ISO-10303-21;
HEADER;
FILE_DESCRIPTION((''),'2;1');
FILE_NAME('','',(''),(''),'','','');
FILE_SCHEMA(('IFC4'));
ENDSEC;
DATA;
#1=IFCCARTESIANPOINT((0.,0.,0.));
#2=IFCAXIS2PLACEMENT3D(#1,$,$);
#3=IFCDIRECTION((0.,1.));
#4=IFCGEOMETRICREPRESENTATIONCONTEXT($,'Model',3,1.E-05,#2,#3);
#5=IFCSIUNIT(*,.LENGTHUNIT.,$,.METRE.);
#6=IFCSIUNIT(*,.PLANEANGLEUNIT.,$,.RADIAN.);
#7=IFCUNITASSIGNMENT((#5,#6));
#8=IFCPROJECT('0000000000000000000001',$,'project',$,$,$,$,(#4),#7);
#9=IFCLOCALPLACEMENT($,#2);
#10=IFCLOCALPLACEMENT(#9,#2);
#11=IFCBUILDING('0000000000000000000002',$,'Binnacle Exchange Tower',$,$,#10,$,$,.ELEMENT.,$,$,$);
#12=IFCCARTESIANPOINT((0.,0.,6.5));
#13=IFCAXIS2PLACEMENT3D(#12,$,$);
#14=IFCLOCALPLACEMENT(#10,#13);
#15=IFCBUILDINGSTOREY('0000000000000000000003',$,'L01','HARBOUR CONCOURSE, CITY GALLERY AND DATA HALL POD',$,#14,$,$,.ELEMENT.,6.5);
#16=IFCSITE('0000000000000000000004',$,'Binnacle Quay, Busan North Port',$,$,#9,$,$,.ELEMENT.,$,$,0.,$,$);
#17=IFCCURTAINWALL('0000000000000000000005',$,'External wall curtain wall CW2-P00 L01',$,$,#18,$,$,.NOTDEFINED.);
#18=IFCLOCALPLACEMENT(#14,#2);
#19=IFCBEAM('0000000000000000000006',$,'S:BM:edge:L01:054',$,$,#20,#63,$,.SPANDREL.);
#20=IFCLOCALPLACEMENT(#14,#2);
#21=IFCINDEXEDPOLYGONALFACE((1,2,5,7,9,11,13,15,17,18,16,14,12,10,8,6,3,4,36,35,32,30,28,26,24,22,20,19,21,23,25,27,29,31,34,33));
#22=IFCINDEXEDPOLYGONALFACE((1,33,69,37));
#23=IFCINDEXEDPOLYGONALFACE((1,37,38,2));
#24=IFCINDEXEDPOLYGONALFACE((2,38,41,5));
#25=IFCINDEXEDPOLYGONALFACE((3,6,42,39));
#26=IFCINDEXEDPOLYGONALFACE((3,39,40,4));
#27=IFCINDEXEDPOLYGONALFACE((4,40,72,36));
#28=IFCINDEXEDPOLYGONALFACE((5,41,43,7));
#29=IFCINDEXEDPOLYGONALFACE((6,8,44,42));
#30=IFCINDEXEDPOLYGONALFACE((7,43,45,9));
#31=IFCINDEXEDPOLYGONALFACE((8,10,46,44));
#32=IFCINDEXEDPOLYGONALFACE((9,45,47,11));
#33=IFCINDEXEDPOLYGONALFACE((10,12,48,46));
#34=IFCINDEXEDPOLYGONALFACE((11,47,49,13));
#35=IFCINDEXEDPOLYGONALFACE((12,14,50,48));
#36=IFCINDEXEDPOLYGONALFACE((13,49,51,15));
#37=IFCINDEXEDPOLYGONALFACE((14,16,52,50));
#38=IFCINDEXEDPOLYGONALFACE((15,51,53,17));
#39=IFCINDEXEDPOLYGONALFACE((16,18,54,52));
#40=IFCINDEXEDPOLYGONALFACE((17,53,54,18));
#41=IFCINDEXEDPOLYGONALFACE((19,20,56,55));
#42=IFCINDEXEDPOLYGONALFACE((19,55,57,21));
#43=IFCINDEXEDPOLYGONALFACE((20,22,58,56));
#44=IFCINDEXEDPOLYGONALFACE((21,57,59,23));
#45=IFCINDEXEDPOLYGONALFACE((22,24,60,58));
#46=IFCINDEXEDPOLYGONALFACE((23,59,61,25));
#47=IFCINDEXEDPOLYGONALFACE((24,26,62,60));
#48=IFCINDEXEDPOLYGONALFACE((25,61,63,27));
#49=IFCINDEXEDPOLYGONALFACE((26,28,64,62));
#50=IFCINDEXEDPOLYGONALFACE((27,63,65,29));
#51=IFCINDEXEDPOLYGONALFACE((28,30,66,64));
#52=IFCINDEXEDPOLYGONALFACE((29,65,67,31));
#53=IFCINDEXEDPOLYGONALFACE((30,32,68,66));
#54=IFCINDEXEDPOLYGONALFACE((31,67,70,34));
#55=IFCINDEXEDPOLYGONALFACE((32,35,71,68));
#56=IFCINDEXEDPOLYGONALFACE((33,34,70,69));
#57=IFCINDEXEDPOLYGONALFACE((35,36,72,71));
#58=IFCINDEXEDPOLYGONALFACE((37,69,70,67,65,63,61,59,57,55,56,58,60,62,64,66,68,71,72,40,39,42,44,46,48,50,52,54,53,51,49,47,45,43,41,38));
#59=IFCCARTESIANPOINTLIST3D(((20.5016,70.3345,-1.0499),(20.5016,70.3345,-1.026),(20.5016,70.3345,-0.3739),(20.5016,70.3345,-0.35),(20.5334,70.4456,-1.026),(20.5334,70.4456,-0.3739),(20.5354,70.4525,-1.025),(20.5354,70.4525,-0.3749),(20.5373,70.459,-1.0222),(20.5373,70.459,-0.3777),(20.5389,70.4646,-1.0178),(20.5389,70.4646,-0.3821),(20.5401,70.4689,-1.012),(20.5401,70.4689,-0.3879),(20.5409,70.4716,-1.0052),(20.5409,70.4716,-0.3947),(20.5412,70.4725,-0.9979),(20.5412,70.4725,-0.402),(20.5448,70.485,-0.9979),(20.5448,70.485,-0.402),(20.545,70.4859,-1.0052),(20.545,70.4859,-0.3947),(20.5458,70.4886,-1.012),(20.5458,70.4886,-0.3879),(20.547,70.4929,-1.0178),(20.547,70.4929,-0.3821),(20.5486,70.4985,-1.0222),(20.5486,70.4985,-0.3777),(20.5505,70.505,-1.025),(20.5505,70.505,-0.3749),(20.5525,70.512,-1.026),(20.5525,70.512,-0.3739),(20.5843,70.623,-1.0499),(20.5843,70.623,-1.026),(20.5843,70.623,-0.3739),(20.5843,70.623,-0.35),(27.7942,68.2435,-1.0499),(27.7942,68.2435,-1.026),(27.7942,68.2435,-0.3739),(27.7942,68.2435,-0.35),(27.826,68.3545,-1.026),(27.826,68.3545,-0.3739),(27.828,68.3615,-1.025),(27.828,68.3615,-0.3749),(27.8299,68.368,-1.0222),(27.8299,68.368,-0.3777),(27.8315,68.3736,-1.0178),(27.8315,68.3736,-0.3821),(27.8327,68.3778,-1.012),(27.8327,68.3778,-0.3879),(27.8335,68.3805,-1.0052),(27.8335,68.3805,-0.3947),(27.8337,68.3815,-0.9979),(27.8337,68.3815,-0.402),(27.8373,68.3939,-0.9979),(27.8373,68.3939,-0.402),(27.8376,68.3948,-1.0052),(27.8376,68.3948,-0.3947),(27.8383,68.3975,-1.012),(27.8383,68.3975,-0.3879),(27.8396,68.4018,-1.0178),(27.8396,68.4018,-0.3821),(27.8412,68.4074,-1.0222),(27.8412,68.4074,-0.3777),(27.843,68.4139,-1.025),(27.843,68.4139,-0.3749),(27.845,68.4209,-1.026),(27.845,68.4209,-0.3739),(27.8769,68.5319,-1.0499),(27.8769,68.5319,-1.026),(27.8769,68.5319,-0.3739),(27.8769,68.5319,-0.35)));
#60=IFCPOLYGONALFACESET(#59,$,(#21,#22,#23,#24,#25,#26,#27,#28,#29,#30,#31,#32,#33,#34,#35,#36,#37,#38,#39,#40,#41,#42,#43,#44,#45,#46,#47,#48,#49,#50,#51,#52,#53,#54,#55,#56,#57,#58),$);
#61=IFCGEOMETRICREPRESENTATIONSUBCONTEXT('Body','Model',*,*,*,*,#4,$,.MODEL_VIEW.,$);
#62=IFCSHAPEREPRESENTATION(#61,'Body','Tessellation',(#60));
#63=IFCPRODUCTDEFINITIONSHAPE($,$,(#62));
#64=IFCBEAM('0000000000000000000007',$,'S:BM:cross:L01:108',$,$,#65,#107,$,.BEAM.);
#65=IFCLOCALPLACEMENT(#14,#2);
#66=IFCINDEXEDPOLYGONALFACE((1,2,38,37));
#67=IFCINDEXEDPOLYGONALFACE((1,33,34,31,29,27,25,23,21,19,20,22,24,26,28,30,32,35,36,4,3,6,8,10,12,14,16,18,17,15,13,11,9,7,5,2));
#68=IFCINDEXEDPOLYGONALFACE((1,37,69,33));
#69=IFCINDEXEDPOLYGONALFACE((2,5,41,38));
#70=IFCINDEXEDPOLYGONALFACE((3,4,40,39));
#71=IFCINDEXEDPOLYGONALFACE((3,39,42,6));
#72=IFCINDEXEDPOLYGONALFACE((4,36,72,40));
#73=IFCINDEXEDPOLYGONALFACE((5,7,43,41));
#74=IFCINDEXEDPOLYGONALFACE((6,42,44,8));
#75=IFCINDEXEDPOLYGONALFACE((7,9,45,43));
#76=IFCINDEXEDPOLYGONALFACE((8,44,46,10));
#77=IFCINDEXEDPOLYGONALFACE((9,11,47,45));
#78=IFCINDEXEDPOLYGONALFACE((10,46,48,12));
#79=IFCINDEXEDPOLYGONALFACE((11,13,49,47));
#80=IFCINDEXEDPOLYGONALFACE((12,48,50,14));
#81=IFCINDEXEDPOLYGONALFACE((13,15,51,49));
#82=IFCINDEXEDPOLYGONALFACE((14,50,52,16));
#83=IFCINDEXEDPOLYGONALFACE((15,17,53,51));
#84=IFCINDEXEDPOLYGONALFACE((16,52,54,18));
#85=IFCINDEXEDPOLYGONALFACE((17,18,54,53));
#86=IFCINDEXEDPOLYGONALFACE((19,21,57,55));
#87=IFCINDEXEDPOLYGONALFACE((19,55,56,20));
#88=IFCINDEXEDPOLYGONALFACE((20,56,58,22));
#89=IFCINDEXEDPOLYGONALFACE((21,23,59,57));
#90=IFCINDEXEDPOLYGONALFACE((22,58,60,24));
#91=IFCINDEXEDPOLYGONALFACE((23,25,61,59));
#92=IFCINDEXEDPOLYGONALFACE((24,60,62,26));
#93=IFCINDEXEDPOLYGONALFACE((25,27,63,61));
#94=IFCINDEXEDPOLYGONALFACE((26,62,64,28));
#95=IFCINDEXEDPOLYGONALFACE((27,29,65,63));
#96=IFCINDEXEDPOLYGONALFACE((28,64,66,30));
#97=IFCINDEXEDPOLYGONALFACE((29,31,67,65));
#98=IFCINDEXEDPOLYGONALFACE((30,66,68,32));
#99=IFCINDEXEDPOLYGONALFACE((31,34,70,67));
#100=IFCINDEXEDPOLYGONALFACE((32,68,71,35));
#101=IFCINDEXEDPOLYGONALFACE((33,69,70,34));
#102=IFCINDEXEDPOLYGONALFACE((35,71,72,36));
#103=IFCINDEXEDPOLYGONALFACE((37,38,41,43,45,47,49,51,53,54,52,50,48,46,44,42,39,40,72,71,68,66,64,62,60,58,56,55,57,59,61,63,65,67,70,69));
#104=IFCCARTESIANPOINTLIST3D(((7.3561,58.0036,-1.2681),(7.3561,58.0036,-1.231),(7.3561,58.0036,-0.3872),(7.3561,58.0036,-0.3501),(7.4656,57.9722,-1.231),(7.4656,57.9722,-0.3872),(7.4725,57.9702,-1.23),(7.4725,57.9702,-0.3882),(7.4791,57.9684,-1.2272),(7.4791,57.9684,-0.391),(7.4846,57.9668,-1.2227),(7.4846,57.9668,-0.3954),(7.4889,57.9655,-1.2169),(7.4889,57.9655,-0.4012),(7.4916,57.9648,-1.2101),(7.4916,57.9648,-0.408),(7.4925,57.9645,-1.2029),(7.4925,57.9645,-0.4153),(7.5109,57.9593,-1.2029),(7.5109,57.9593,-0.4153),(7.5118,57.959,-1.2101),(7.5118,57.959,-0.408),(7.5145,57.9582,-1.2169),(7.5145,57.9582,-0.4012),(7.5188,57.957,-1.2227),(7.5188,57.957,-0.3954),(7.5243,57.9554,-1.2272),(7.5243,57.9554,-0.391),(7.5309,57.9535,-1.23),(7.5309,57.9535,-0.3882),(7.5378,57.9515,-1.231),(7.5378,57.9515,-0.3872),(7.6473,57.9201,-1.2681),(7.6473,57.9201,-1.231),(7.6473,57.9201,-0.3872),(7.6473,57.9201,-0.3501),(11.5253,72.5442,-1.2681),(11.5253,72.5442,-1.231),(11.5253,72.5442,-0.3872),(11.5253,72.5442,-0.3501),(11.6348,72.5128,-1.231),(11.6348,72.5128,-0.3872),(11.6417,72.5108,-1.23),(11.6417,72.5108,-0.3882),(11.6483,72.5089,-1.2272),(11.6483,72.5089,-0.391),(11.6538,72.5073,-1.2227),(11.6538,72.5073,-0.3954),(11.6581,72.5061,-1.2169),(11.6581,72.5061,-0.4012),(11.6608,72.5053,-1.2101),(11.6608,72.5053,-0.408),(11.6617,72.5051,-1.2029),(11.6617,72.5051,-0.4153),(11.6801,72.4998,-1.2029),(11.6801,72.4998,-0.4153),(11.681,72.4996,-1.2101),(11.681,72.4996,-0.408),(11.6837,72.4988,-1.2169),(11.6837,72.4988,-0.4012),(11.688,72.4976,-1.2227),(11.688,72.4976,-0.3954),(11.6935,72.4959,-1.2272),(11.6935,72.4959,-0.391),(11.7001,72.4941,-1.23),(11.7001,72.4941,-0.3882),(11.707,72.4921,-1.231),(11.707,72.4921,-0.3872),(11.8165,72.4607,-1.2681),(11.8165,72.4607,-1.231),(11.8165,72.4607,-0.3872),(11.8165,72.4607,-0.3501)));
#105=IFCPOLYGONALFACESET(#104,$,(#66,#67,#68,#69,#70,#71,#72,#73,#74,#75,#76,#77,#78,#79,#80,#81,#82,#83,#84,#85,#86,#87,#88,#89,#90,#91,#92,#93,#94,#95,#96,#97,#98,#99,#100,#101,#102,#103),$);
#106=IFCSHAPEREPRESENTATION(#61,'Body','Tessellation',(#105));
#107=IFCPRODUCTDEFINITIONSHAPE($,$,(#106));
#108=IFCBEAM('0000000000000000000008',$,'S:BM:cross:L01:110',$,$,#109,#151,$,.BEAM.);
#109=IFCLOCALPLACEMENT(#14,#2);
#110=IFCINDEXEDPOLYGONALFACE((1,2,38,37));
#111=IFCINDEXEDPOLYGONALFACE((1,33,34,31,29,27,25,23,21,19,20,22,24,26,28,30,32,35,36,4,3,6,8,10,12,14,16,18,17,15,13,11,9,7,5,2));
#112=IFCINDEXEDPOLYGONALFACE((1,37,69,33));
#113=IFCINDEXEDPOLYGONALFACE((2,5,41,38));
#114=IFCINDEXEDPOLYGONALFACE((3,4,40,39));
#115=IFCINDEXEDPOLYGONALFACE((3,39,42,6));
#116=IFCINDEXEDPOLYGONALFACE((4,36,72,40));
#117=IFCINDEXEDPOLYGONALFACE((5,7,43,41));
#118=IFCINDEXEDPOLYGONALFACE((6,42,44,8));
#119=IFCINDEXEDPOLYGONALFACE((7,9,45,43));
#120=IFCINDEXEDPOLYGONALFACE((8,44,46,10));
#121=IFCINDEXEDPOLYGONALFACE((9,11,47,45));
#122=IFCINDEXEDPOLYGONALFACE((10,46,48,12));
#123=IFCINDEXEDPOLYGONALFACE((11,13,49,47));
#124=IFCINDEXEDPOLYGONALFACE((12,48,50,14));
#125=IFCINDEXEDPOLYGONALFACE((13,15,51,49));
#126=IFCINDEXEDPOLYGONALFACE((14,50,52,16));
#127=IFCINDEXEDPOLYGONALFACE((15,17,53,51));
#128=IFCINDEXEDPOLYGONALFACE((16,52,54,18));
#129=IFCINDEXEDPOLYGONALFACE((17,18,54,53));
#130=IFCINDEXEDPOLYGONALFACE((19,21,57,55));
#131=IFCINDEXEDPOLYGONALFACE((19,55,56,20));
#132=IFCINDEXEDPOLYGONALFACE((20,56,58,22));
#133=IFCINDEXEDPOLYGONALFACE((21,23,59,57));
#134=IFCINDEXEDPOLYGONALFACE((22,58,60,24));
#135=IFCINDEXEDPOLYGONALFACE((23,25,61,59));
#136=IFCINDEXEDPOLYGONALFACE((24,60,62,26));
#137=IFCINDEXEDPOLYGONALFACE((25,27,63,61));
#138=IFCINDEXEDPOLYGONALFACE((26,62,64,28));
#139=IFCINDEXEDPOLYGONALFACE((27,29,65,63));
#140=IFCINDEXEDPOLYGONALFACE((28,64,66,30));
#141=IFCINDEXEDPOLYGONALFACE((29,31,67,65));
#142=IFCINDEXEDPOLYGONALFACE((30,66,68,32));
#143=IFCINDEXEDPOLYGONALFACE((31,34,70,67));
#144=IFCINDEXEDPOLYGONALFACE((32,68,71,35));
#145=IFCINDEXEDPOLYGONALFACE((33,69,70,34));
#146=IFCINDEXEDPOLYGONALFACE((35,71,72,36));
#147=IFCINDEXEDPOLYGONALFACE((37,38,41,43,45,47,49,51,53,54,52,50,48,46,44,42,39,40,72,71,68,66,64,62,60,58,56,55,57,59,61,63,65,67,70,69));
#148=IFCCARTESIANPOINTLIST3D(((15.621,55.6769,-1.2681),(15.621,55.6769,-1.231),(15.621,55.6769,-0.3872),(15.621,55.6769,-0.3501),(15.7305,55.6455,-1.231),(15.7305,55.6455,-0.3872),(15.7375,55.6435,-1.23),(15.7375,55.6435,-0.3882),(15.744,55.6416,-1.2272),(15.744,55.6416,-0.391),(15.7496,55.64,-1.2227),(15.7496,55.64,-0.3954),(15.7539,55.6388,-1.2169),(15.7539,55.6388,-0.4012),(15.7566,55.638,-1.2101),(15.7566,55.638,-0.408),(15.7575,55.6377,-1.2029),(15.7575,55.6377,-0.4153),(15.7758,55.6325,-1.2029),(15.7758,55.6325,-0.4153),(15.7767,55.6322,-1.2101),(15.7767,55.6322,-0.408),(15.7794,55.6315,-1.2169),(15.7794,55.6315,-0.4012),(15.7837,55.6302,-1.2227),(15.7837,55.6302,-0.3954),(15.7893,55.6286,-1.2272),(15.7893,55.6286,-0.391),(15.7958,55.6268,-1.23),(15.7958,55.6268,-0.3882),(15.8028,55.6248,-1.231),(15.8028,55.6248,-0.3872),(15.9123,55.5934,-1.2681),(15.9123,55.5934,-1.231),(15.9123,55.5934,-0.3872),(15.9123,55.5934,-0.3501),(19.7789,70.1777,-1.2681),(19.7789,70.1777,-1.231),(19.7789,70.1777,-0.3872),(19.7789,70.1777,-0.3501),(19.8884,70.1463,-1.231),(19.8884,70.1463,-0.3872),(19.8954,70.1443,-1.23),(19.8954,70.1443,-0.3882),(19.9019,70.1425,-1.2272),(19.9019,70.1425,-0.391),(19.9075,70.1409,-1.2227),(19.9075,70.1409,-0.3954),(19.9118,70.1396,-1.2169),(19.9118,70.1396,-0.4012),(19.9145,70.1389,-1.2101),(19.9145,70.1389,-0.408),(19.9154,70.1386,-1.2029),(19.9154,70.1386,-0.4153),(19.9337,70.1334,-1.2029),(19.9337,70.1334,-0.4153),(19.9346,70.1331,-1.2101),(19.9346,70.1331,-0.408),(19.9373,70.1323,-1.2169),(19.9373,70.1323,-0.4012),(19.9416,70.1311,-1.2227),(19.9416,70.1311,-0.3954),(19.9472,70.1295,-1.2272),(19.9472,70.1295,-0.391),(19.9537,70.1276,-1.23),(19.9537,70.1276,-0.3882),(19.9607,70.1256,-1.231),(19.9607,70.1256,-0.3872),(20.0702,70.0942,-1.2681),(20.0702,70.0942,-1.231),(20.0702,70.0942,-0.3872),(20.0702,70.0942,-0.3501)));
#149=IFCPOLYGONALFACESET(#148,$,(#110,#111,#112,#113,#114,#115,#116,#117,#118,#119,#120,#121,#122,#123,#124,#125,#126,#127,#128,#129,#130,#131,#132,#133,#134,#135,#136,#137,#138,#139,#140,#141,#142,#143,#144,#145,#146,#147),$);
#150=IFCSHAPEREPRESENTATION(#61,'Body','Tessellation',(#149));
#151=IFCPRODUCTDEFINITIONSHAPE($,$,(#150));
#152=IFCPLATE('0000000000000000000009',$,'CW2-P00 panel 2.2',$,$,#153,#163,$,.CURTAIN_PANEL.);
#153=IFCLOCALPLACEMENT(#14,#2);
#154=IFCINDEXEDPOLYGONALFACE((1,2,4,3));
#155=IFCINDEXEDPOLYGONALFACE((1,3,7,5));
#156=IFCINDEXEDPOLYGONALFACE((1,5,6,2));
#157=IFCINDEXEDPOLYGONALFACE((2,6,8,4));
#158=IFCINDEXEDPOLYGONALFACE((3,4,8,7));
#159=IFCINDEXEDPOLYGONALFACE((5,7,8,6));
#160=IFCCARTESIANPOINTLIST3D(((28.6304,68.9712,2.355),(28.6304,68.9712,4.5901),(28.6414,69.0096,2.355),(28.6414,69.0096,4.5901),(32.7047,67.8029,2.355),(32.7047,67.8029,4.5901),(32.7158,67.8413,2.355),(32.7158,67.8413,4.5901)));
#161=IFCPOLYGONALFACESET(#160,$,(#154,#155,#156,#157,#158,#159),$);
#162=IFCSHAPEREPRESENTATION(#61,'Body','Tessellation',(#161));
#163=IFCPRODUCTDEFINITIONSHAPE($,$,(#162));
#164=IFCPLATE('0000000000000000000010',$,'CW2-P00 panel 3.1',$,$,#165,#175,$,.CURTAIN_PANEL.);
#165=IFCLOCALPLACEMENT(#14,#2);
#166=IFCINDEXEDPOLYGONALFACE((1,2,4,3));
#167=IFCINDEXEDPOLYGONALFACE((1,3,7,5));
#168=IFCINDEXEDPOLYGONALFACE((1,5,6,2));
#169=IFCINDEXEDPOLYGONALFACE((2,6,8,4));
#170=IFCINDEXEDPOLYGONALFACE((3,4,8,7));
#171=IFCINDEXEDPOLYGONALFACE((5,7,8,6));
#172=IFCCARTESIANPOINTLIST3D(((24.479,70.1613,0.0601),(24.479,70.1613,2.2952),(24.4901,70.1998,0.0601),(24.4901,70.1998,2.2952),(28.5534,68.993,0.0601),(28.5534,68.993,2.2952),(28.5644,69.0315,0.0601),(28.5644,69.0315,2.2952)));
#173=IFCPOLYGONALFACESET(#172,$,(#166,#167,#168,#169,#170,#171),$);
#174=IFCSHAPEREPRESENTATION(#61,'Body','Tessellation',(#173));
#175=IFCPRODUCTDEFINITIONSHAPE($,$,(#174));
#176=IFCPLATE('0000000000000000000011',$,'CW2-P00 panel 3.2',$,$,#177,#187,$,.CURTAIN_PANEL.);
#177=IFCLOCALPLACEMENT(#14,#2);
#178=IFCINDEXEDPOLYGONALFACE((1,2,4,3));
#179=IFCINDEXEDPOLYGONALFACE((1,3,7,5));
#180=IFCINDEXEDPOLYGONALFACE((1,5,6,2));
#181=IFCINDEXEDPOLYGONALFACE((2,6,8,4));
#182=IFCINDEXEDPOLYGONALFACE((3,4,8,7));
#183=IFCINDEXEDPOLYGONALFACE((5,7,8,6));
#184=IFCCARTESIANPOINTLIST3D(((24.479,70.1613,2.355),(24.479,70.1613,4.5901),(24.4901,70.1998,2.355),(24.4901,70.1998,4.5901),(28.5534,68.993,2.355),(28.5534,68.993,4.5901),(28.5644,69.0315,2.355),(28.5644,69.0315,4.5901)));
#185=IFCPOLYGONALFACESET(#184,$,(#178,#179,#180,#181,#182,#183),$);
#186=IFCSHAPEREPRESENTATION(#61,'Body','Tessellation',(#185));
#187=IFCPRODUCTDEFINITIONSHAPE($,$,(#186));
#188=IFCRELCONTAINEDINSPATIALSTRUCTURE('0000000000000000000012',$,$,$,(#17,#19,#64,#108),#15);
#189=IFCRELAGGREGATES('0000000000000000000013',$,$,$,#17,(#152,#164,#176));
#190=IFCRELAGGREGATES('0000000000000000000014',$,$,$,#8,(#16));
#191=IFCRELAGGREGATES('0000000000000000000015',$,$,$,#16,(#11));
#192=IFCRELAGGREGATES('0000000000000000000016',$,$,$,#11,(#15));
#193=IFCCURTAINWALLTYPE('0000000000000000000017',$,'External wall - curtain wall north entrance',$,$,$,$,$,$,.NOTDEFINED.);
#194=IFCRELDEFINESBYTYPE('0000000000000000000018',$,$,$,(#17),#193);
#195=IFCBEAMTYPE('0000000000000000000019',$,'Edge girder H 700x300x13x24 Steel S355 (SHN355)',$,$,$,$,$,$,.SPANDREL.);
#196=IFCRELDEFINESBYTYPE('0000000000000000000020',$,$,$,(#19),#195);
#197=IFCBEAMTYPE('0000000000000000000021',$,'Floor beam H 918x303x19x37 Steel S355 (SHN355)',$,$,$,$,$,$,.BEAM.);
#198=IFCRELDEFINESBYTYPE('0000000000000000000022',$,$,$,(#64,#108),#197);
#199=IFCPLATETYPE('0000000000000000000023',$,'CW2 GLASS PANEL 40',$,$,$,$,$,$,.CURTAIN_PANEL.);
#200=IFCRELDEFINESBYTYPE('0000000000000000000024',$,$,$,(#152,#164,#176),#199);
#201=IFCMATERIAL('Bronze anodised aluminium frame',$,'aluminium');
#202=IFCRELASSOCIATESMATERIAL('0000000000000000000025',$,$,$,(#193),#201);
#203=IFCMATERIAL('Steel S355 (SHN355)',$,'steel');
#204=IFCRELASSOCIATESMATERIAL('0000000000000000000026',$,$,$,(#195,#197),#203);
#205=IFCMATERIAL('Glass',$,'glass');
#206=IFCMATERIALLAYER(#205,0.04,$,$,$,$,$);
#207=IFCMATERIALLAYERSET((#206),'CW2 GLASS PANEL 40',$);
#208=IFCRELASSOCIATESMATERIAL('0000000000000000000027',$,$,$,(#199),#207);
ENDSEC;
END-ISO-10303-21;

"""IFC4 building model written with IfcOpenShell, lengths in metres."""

from ifc_helpers import new_model, si_unit, direction, frame, origin, origin_2d, place, context, subcontext, project, spatial, rectangle, i_section, extrude, material, layer, layer_set, material_profile, profile_set, type_object, element, aggregate, save


model = new_model("IFC4")

# Units and contexts
model_context = context("Model", 3, precision=1e-05, world=origin(), true_north=direction((0.0, 1.0)))
body_context = subcontext(model_context, "Body", "Model", "MODEL_VIEW")
ifc_project = project(units=[si_unit("LENGTHUNIT", "METRE"), si_unit("PLANEANGLEUNIT", "RADIAN")], contexts=[model_context])

# Site, building, storey
site_placement = place(None, origin())
site = spatial("IfcSite", under=ifc_project, at=site_placement, Name="Binnacle Quay, Busan North Port", CompositionType="ELEMENT", RefElevation=0.0)
building_placement = place(site_placement, origin())
building = spatial("IfcBuilding", under=site, at=building_placement, Name="Binnacle Exchange Tower", CompositionType="ELEMENT")
storey_placement = place(building_placement, frame((0.0, 0.0, 6.5)))
storey = spatial("IfcBuildingStorey", under=building, at=storey_placement, Name="L01", Description="HARBOUR CONCOURSE, CITY GALLERY AND DATA HALL POD", CompositionType="ELEMENT", Elevation=6.5)

# Curtain wall
ifc_material_1 = material(Name="Bronze anodised aluminium frame", Category="aluminium")
curtain_wall_type = type_object("IfcCurtainWallType", Name="External wall - curtain wall north entrance", PredefinedType="NOTDEFINED", material=ifc_material_1)
curtain_wall_placement = place(storey_placement, origin())
curtain_wall = element("IfcCurtainWall", 1, at=curtain_wall_placement, inside=storey, type_object=curtain_wall_type, Name="External wall curtain wall CW2-P00 L01", PredefinedType="NOTDEFINED")

# Beams
ifc_material_2 = material(Name="Steel S355 (SHN355)", Category="steel")
ifc_material_profile_1 = material_profile(ifc_material_2, i_section(OverallWidth=0.3, OverallDepth=0.7, WebThickness=0.0129, FlangeThickness=0.0239, FilletRadius=0.0281, at=origin_2d()), Name="H 700x300x13x24")
ifc_profile_set_1 = profile_set([ifc_material_profile_1], Name="Steel S355 (SHN355)")
beam_type_1 = type_object("IfcBeamType", Name="Edge girder H 700x300x13x24 Steel S355 (SHN355)", PredefinedType="SPANDREL", material=ifc_profile_set_1)
beam_1_placement = place(storey_placement, frame((20.543, 70.4788, -0.7), z_axis=(0.961262, -0.275635, 0.0), x_axis=(0.275635, 0.961262, 0.0)))
element("IfcBeam", 2, at=beam_1_placement, inside=storey, type_object=beam_type_1, Name="S:BM:edge:L01:054", PredefinedType="SPANDREL", context=body_context, shape_type="SweptSolid", body=[
    extrude(i_section(OverallWidth=0.3, OverallDepth=0.7, WebThickness=0.0129, FlangeThickness=0.0239, FilletRadius=0.0281, at=origin_2d()), origin(), (0.0, 0.0, 1.0), 7.5864),
])
ifc_material_profile_2 = material_profile(ifc_material_2, i_section(OverallWidth=0.303, OverallDepth=0.918, WebThickness=0.019, FlangeThickness=0.0371, FilletRadius=0.0281, at=origin_2d()), Name="H 918x303x19x37")
ifc_profile_set_2 = profile_set([ifc_material_profile_2], Name="Steel S355 (SHN355)")
beam_type_2 = type_object("IfcBeamType", Name="Floor beam H 918x303x19x37 Steel S355 (SHN355)", PredefinedType="BEAM", material=ifc_profile_set_2)
beam_2_placement = place(storey_placement, frame((11.6709, 72.5024, -0.8091), z_axis=(-0.275623, -0.961266, 0.0), x_axis=(0.961266, -0.275623, 0.0)))
element("IfcBeam", 3, at=beam_2_placement, inside=storey, type_object=beam_type_2, Name="S:BM:cross:L01:108", PredefinedType="BEAM", context=body_context, shape_type="SweptSolid", body=[
    extrude(i_section(OverallWidth=0.303, OverallDepth=0.918, WebThickness=0.019, FlangeThickness=0.0371, FilletRadius=0.0281, at=origin_2d()), origin(), (0.0, 0.0, 1.0), 15.1265),
])
beam_3_placement = place(storey_placement, frame((19.9246, 70.136, -0.8091), z_axis=(-0.275629, -0.961264, 0.0), x_axis=(0.961264, -0.275629, 0.0)))
element("IfcBeam", 4, at=beam_3_placement, inside=storey, type_object=beam_type_2, Name="S:BM:cross:L01:110", PredefinedType="BEAM", context=body_context, shape_type="SweptSolid", body=[
    extrude(i_section(OverallWidth=0.303, OverallDepth=0.918, WebThickness=0.019, FlangeThickness=0.0371, FilletRadius=0.0281, at=origin_2d()), origin(), (0.0, 0.0, 1.0), 15.0852),
])

# Plates
ifc_material_3 = material(Name="Glass", Category="glass")
ifc_layer_1 = layer(ifc_material_3, 0.04)
ifc_layer_set_1 = layer_set([ifc_layer_1], Name="CW2 GLASS PANEL 40")
plate_type = type_object("IfcPlateType", Name="CW2 GLASS PANEL 40", PredefinedType="CURTAIN_PANEL", material=ifc_layer_set_1)
plate_1_placement = place(storey_placement, frame((30.6731, 68.4062, 2.355), z_axis=(0.0, 0.0, 1.0), x_axis=(-0.961262, 0.275637, 0.0)))
plate_1 = element("IfcPlate", 5, at=plate_1_placement, type_object=plate_type, Name="CW2-P00 panel 2.2", PredefinedType="CURTAIN_PANEL", context=body_context, shape_type="SweptSolid", body=[
    extrude(rectangle(XDim=4.2385, YDim=0.04, at=origin_2d()), origin(), (0.0, 0.0, 1.0), 2.2351),
])
plate_2_placement = place(storey_placement, frame((26.5217, 69.5964, 0.0601), z_axis=(0.0, 0.0, 1.0), x_axis=(-0.961262, 0.275637, 0.0)))
plate_2 = element("IfcPlate", 6, at=plate_2_placement, type_object=plate_type, Name="CW2-P00 panel 3.1", PredefinedType="CURTAIN_PANEL", context=body_context, shape_type="SweptSolid", body=[
    extrude(rectangle(XDim=4.2385, YDim=0.04, at=origin_2d()), origin(), (0.0, 0.0, 1.0), 2.2351),
])
plate_3_placement = place(storey_placement, frame((26.5217, 69.5964, 2.355), z_axis=(0.0, 0.0, 1.0), x_axis=(-0.961262, 0.275637, 0.0)))
plate_3 = element("IfcPlate", 7, at=plate_3_placement, type_object=plate_type, Name="CW2-P00 panel 3.2", PredefinedType="CURTAIN_PANEL", context=body_context, shape_type="SweptSolid", body=[
    extrude(rectangle(XDim=4.2385, YDim=0.04, at=origin_2d()), origin(), (0.0, 0.0, 1.0), 2.2351),
])
aggregate(curtain_wall, [plate_1, plate_2, plate_3])

save(model, "model.ifc")
